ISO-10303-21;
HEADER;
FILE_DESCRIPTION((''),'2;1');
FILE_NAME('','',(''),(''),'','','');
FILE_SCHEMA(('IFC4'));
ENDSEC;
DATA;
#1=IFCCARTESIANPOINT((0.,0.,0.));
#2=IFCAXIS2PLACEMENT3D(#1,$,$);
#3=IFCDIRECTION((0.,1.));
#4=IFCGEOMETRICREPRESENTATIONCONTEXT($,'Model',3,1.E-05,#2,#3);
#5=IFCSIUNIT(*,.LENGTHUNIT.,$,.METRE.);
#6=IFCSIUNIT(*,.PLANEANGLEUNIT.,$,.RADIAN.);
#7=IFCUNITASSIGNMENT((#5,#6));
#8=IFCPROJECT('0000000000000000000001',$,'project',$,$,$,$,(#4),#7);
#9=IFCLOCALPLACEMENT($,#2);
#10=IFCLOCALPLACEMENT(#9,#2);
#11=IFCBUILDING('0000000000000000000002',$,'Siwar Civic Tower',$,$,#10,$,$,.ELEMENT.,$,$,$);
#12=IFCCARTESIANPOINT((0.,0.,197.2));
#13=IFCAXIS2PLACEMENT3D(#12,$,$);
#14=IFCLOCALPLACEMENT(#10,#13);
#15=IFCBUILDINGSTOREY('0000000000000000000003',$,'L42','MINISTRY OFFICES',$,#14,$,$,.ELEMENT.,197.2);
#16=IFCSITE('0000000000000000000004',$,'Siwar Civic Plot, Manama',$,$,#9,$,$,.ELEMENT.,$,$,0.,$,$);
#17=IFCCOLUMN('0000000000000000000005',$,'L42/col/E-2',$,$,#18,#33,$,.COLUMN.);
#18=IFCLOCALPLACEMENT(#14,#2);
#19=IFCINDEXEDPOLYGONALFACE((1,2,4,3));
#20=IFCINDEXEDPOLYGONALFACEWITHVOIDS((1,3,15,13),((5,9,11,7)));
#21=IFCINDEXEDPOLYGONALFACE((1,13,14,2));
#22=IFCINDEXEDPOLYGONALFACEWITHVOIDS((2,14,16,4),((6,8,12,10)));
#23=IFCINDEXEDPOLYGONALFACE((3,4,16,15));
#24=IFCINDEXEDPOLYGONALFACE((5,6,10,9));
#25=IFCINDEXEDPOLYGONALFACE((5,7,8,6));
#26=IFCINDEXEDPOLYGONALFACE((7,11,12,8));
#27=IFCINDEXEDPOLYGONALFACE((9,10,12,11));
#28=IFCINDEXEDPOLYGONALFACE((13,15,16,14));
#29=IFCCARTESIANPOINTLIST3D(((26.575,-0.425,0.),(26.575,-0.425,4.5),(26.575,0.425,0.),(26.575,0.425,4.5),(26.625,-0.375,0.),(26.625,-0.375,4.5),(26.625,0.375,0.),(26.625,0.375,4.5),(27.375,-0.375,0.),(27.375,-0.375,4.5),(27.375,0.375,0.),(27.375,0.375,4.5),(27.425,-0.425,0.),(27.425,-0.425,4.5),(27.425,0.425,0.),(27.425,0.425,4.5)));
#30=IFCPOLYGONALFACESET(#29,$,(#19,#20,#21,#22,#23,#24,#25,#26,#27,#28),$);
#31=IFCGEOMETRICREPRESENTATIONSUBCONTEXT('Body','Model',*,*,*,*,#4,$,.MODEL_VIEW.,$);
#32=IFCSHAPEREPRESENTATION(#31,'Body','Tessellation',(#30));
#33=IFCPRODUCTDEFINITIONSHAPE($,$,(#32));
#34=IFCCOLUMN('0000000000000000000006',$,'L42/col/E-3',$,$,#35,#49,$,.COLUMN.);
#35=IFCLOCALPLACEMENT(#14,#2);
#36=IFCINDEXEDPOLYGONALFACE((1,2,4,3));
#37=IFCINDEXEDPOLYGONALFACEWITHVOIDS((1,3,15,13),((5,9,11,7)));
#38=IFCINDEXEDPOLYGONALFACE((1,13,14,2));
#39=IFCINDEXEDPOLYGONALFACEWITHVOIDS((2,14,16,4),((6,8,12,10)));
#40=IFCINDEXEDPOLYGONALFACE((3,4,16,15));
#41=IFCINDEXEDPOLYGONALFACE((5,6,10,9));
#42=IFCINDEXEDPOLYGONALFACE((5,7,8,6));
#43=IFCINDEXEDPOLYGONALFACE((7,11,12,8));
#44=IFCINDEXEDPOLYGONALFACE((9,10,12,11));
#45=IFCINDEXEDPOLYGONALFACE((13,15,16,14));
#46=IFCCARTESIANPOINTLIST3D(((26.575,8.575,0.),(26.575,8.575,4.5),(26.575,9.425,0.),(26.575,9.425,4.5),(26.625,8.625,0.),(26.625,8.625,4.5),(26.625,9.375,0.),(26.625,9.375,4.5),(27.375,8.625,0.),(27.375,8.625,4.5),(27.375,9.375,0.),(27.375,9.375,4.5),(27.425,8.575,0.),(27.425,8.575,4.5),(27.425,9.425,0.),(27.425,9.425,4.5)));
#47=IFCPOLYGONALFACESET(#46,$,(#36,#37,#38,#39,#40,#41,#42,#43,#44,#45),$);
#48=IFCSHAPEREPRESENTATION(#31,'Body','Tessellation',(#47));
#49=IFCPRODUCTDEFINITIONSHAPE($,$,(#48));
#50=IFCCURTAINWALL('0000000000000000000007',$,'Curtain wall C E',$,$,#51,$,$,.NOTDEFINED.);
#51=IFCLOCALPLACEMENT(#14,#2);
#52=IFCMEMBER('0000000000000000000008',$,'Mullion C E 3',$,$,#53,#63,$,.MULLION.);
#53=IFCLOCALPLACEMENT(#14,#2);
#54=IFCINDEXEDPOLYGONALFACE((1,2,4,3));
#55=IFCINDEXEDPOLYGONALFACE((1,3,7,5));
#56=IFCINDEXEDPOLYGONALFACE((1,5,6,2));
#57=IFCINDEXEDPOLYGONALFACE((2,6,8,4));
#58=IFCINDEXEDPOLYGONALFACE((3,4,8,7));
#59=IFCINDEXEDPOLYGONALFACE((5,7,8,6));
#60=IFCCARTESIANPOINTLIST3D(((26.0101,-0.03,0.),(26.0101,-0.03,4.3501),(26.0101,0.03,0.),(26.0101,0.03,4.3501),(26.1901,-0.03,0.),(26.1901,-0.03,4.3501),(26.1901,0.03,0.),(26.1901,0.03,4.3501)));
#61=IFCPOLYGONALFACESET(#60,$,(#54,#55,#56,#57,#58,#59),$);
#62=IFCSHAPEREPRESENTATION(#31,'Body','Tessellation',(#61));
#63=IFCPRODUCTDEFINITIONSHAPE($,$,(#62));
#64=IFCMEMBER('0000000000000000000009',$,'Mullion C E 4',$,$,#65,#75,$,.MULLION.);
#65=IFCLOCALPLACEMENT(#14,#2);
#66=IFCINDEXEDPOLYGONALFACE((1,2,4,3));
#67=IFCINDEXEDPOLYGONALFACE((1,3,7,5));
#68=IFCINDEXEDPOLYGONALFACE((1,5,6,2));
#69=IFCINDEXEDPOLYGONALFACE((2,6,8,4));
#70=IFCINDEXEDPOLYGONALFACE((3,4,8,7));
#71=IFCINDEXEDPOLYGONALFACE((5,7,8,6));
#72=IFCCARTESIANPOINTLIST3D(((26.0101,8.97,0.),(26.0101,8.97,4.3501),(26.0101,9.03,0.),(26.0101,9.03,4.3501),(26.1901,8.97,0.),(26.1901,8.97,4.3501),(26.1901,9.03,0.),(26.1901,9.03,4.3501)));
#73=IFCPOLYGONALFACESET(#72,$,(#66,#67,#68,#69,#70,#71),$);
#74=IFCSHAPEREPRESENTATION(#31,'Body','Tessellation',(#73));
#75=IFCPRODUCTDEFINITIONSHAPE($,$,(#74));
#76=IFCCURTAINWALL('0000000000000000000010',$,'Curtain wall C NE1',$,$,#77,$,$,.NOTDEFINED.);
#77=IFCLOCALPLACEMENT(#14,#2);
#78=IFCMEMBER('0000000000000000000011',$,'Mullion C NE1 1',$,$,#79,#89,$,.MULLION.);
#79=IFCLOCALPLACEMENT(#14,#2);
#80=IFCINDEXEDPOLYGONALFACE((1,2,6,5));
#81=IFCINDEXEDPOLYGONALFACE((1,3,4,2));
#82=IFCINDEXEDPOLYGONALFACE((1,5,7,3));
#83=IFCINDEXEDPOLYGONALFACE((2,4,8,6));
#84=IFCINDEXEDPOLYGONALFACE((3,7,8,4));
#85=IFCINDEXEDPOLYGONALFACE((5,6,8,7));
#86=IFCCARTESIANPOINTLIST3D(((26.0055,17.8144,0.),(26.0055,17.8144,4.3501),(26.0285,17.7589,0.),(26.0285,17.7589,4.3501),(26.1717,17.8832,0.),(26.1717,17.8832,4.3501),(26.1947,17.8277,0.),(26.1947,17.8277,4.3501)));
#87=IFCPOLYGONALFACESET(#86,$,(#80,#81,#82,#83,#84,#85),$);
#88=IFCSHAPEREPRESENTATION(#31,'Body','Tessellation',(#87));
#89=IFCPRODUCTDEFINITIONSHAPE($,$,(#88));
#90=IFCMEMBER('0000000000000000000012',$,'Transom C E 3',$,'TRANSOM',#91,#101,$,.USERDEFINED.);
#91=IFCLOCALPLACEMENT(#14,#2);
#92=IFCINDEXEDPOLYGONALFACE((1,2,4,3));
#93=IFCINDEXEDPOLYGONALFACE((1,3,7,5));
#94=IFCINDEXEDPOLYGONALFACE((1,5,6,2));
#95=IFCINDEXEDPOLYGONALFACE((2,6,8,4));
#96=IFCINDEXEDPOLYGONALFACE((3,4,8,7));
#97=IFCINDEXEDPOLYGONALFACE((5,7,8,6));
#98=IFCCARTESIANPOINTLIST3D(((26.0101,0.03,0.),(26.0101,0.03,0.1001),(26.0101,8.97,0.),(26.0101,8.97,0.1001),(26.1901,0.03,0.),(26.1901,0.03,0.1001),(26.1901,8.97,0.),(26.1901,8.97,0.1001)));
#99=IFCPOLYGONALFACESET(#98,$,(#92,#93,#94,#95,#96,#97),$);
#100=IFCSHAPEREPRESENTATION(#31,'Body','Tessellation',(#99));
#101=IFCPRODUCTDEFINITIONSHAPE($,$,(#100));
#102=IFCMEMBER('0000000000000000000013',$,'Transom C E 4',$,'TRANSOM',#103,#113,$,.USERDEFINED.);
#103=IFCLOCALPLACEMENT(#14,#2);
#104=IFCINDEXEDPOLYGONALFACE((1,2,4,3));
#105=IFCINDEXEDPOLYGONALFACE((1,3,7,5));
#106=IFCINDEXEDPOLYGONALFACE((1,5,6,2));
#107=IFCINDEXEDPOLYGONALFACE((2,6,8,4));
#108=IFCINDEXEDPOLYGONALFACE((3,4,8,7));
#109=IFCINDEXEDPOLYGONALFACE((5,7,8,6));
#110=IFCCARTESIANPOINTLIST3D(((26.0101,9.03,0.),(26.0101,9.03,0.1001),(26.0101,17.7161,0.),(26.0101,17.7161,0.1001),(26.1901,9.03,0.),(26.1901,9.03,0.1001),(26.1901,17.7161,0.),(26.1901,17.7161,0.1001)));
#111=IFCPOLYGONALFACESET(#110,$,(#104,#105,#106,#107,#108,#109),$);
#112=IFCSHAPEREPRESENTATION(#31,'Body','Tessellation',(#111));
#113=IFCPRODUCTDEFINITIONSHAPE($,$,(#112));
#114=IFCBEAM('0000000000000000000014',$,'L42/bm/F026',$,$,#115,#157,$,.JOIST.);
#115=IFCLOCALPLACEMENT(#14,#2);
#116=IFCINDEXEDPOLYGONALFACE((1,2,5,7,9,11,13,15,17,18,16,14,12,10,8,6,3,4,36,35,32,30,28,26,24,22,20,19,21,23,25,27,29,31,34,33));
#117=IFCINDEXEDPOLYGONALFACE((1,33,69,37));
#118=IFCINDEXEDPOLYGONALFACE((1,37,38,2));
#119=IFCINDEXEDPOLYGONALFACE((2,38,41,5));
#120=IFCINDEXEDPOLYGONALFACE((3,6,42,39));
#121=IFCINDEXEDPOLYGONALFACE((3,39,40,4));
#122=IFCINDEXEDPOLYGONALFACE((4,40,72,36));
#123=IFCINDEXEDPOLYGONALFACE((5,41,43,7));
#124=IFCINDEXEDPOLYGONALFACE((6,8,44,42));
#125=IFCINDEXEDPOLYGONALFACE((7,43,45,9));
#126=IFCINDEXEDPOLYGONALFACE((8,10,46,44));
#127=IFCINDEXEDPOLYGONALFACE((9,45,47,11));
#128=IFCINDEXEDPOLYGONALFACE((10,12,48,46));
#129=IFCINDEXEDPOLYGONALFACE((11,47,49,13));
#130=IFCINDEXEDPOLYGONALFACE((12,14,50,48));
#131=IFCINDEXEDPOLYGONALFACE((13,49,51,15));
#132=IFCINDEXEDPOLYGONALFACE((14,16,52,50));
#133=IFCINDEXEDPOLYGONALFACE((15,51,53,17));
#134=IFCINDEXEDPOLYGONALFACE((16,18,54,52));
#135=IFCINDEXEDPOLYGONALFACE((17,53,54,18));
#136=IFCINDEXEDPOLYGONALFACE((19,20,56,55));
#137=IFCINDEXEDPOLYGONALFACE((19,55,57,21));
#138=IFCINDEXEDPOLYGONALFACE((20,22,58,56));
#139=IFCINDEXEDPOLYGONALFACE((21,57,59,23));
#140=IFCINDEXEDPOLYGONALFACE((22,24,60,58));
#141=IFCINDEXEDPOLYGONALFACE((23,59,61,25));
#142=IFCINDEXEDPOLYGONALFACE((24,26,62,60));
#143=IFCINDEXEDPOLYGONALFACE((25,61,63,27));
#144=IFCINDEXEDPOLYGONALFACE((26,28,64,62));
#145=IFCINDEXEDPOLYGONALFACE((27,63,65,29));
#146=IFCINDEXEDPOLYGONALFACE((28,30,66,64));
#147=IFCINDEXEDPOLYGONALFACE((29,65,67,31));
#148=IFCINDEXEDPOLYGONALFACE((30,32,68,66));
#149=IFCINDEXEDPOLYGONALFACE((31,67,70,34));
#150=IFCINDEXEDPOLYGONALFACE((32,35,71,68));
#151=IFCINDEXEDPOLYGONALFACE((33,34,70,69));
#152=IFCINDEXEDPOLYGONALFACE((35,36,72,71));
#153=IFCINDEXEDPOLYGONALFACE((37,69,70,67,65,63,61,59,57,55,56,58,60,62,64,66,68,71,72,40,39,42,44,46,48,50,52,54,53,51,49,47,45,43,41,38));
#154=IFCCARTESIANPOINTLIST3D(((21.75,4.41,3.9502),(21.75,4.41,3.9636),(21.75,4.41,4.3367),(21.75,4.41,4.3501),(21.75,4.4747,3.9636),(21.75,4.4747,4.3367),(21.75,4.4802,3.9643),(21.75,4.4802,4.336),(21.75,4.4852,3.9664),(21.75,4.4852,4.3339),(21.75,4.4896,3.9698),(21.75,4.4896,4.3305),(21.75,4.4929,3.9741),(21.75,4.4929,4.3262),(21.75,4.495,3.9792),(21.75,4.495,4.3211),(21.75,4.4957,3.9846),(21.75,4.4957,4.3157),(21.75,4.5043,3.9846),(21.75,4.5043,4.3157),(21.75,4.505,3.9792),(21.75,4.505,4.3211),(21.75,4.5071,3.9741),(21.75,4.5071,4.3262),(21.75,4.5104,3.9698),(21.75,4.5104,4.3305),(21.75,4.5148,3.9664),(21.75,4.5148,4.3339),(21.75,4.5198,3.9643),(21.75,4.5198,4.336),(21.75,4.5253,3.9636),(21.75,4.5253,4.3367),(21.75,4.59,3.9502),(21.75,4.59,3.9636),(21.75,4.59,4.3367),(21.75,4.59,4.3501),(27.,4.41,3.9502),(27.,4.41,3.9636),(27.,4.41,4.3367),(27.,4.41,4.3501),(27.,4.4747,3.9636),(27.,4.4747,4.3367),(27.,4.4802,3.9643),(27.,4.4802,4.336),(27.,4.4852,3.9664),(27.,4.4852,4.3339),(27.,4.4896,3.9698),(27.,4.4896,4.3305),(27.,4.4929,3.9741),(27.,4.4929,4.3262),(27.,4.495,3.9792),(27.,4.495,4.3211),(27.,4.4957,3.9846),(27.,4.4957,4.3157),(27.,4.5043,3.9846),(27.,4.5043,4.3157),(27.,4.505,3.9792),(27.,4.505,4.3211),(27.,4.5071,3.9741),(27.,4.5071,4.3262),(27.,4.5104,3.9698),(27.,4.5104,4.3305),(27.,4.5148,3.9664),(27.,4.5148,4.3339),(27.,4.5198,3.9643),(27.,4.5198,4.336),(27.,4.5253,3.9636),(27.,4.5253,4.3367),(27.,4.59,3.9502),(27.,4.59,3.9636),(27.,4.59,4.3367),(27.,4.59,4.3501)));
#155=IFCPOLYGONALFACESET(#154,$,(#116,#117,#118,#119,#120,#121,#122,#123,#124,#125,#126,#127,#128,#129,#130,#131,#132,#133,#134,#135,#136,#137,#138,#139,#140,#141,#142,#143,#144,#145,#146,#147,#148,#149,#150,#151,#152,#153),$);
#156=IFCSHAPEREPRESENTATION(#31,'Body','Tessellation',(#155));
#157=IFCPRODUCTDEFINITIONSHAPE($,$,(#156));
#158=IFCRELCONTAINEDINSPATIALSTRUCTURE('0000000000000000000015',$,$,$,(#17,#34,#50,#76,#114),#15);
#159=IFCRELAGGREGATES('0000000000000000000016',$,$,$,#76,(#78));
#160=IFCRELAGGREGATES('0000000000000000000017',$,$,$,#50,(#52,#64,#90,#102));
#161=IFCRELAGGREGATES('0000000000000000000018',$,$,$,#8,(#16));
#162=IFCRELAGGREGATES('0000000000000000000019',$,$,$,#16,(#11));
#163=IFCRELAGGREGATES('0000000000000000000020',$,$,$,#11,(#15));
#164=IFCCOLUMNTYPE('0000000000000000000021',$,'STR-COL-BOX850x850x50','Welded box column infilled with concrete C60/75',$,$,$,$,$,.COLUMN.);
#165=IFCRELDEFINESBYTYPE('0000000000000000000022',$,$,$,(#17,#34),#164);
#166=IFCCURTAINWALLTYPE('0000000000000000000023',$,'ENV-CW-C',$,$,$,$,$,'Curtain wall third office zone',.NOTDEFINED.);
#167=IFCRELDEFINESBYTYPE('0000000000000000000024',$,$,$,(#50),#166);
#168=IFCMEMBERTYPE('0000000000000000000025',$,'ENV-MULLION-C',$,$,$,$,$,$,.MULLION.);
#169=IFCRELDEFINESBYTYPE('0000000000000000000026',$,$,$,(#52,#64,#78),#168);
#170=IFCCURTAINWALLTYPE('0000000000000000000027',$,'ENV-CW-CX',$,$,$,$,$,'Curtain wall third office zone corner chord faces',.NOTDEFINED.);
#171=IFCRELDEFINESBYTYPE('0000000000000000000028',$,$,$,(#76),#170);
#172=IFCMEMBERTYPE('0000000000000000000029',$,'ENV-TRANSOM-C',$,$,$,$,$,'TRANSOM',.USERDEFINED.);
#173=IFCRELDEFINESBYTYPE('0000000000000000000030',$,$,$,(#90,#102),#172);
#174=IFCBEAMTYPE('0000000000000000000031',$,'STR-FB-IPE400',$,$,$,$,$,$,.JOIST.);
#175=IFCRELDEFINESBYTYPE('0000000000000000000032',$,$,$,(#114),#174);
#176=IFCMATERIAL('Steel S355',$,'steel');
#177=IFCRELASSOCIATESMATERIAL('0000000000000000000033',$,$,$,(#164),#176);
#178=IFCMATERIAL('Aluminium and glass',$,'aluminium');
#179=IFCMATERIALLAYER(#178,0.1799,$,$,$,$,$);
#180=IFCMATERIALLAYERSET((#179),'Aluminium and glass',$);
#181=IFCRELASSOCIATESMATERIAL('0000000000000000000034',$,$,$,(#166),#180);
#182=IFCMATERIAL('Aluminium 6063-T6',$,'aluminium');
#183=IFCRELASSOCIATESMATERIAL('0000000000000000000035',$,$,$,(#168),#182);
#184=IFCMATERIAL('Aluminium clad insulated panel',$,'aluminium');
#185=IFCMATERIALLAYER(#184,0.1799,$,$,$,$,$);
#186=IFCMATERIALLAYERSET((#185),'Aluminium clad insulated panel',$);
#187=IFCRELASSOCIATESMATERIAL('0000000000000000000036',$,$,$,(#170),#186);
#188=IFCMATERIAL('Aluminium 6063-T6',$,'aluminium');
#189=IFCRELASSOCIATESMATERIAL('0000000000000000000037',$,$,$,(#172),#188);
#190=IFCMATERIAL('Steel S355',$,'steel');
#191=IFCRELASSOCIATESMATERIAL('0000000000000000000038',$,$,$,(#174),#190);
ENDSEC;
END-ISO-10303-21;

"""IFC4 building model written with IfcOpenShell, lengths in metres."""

from ifc_helpers import new_model, si_unit, direction, frame, origin, origin_2d, place, context, subcontext, project, spatial, rectangle, hollow_rectangle, i_section, extrude, material, layer, layer_set, material_profile, profile_set, type_object, element, aggregate, save


model = new_model("IFC4")

# Units and contexts
model_context = context("Model", 3, precision=1e-05, world=origin(), true_north=direction((0.0, 1.0)))
body_context = subcontext(model_context, "Body", "Model", "MODEL_VIEW")
ifc_project = project(units=[si_unit("LENGTHUNIT", "METRE"), si_unit("PLANEANGLEUNIT", "RADIAN")], contexts=[model_context])

# Site, building, storey
site_placement = place(None, origin())
site = spatial("IfcSite", under=ifc_project, at=site_placement, Name="Siwar Civic Plot, Manama", CompositionType="ELEMENT", RefElevation=0.0)
building_placement = place(site_placement, origin())
building = spatial("IfcBuilding", under=site, at=building_placement, Name="Siwar Civic Tower", CompositionType="ELEMENT")
storey_placement = place(building_placement, frame((0.0, 0.0, 197.2)))
storey = spatial("IfcBuildingStorey", under=building, at=storey_placement, Name="L42", Description="MINISTRY OFFICES", CompositionType="ELEMENT", Elevation=197.2)

# Columns
ifc_material_1 = material(Name="Steel S355", Category="steel")
ifc_material_profile_1 = material_profile(ifc_material_1, hollow_rectangle(XDim=0.8501, YDim=0.8501, WallThickness=0.05, at=origin_2d()), Name="BOX850x850x50")
ifc_profile_set_1 = profile_set([ifc_material_profile_1], Name="Steel S355")
column_type = type_object("IfcColumnType", Name="STR-COL-BOX850x850x50", Description="Welded box column infilled with concrete C60/75", PredefinedType="COLUMN", material=ifc_profile_set_1)
for number, where, z_axis, x_axis, name in (
    (1, (27.0, 0.0, 0.0), (0.0, 0.0, 1.0), (1.0, 0.0, 0.0), "L42/col/E-2"),
    (2, (27.0, 9.0, 0.0), (0.0, 0.0, 1.0), (1.0, 0.0, 0.0), "L42/col/E-3"),
):
    element("IfcColumn", number, at=place(storey_placement, frame(where, z_axis=z_axis, x_axis=x_axis)), inside=storey, type_object=column_type, Name=name, PredefinedType="COLUMN", context=body_context, shape_type="SweptSolid", body=[
        extrude(hollow_rectangle(XDim=0.8501, YDim=0.8501, WallThickness=0.05, at=origin_2d()), origin(), (0.0, 0.0, 1.0), 4.5),
    ])

# Curtain wall, members
ifc_material_2 = material(Name="Aluminium and glass", Category="aluminium")
ifc_layer_1 = layer(ifc_material_2, 0.1799)
ifc_layer_set_1 = layer_set([ifc_layer_1], Name="Aluminium and glass")
curtain_wall_type_1 = type_object("IfcCurtainWallType", Name="ENV-CW-C", ElementType="Curtain wall third office zone", PredefinedType="NOTDEFINED", material=ifc_layer_set_1)
curtain_wall_1_placement = place(storey_placement, origin())
curtain_wall_1 = element("IfcCurtainWall", 3, at=curtain_wall_1_placement, inside=storey, type_object=curtain_wall_type_1, Name="Curtain wall C E", PredefinedType="NOTDEFINED")
ifc_material_3 = material(Name="Aluminium 6063-T6", Category="aluminium")
ifc_material_profile_2 = material_profile(ifc_material_3, rectangle(XDim=0.1799, YDim=0.0601, at=origin_2d()), Name="AL 180x60")
ifc_profile_set_2 = profile_set([ifc_material_profile_2], Name="Aluminium 6063-T6")
member_type_1 = type_object("IfcMemberType", Name="ENV-MULLION-C", PredefinedType="MULLION", material=ifc_profile_set_2)
member_1_placement = place(storey_placement, frame((26.1001, 0.0, 0.0), z_axis=(0.0, 0.0, 1.0), x_axis=(-1.0, 0.0, 0.0)))
member_1 = element("IfcMember", 4, at=member_1_placement, type_object=member_type_1, Name="Mullion C E 3", PredefinedType="MULLION", context=body_context, shape_type="SweptSolid", body=[
    extrude(rectangle(XDim=0.1799, YDim=0.0601, at=origin_2d()), origin(), (0.0, 0.0, 1.0), 4.3501),
])
member_2_placement = place(storey_placement, frame((26.1001, 9.0, 0.0), z_axis=(0.0, 0.0, 1.0), x_axis=(-1.0, 0.0, 0.0)))
member_2 = element("IfcMember", 5, at=member_2_placement, type_object=member_type_1, Name="Mullion C E 4", PredefinedType="MULLION", context=body_context, shape_type="SweptSolid", body=[
    extrude(rectangle(XDim=0.1799, YDim=0.0601, at=origin_2d()), origin(), (0.0, 0.0, 1.0), 4.3501),
])

# Curtain wall, member
ifc_material_4 = material(Name="Aluminium clad insulated panel", Category="aluminium")
ifc_layer_2 = layer(ifc_material_4, 0.1799)
ifc_layer_set_2 = layer_set([ifc_layer_2], Name="Aluminium clad insulated panel")
curtain_wall_type_2 = type_object("IfcCurtainWallType", Name="ENV-CW-CX", ElementType="Curtain wall third office zone corner chord faces", PredefinedType="NOTDEFINED", material=ifc_layer_set_2)
curtain_wall_2_placement = place(storey_placement, origin())
curtain_wall_2 = element("IfcCurtainWall", 6, at=curtain_wall_2_placement, inside=storey, type_object=curtain_wall_type_2, Name="Curtain wall C NE1", PredefinedType="NOTDEFINED")
member_3_placement = place(storey_placement, frame((26.1001, 17.821, 0.0), z_axis=(0.0, 0.0, 1.0), x_axis=(-0.92388, -0.382683, 0.0)))
member_3 = element("IfcMember", 7, at=member_3_placement, type_object=member_type_1, Name="Mullion C NE1 1", PredefinedType="MULLION", context=body_context, shape_type="SweptSolid", body=[
    extrude(rectangle(XDim=0.1799, YDim=0.0601, at=origin_2d()), origin(), (0.0, 0.0, 1.0), 4.3501),
])
aggregate(curtain_wall_2, [member_3])

# Members
ifc_material_5 = material(Name="Aluminium 6063-T6", Category="aluminium")
ifc_material_profile_3 = material_profile(ifc_material_5, rectangle(XDim=0.1799, YDim=0.1001, at=origin_2d()), Name="AL 180x100")
ifc_profile_set_3 = profile_set([ifc_material_profile_3], Name="Aluminium 6063-T6")
member_type_2 = type_object("IfcMemberType", Name="ENV-TRANSOM-C", ElementType="TRANSOM", PredefinedType="USERDEFINED", material=ifc_profile_set_3)
member_4_placement = place(storey_placement, frame((26.1001, 0.03, 0.05), z_axis=(0.0, 1.0, 0.0), x_axis=(-1.0, 0.0, 0.0)))
member_4 = element("IfcMember", 8, at=member_4_placement, type_object=member_type_2, Name="Transom C E 3", ObjectType="TRANSOM", PredefinedType="USERDEFINED", context=body_context, shape_type="SweptSolid", body=[
    extrude(rectangle(XDim=0.1799, YDim=0.1001, at=origin_2d()), origin(), (0.0, 0.0, 1.0), 8.9399),
])
member_5_placement = place(storey_placement, frame((26.1001, 9.03, 0.05), z_axis=(0.0, 1.0, 0.0), x_axis=(-1.0, 0.0, 0.0)))
member_5 = element("IfcMember", 9, at=member_5_placement, type_object=member_type_2, Name="Transom C E 4", ObjectType="TRANSOM", PredefinedType="USERDEFINED", context=body_context, shape_type="SweptSolid", body=[
    extrude(rectangle(XDim=0.1799, YDim=0.1001, at=origin_2d()), origin(), (0.0, 0.0, 1.0), 8.686),
])

# Beam
ifc_material_6 = material(Name="Steel S355", Category="steel")
ifc_material_profile_4 = material_profile(ifc_material_6, i_section(OverallWidth=0.1799, OverallDepth=0.3999, WebThickness=0.0085, FlangeThickness=0.0134, FilletRadius=0.021, at=origin_2d()), Name="IPE400")
ifc_profile_set_4 = profile_set([ifc_material_profile_4], Name="Steel S355")
beam_type_1 = type_object("IfcBeamType", Name="STR-FB-IPE400", PredefinedType="JOIST", material=ifc_profile_set_4)
for number, where, z_axis, x_axis, name in (
    (10, (21.75, 4.5, 4.1501), (1.0, 0.0, 0.0), (0.0, 1.0, 0.0), "L42/bm/F026"),
):
    element("IfcBeam", number, at=place(storey_placement, frame(where, z_axis=z_axis, x_axis=x_axis)), inside=storey, type_object=beam_type_1, Name=name, PredefinedType="JOIST", context=body_context, shape_type="SweptSolid", body=[
        extrude(i_section(OverallWidth=0.1799, OverallDepth=0.3999, WebThickness=0.0085, FlangeThickness=0.0134, FilletRadius=0.021, at=origin_2d()), origin(), (0.0, 0.0, 1.0), 5.25),
    ])

aggregate(curtain_wall_1, [member_1, member_2, member_4, member_5])

save(model, "model.ifc")
